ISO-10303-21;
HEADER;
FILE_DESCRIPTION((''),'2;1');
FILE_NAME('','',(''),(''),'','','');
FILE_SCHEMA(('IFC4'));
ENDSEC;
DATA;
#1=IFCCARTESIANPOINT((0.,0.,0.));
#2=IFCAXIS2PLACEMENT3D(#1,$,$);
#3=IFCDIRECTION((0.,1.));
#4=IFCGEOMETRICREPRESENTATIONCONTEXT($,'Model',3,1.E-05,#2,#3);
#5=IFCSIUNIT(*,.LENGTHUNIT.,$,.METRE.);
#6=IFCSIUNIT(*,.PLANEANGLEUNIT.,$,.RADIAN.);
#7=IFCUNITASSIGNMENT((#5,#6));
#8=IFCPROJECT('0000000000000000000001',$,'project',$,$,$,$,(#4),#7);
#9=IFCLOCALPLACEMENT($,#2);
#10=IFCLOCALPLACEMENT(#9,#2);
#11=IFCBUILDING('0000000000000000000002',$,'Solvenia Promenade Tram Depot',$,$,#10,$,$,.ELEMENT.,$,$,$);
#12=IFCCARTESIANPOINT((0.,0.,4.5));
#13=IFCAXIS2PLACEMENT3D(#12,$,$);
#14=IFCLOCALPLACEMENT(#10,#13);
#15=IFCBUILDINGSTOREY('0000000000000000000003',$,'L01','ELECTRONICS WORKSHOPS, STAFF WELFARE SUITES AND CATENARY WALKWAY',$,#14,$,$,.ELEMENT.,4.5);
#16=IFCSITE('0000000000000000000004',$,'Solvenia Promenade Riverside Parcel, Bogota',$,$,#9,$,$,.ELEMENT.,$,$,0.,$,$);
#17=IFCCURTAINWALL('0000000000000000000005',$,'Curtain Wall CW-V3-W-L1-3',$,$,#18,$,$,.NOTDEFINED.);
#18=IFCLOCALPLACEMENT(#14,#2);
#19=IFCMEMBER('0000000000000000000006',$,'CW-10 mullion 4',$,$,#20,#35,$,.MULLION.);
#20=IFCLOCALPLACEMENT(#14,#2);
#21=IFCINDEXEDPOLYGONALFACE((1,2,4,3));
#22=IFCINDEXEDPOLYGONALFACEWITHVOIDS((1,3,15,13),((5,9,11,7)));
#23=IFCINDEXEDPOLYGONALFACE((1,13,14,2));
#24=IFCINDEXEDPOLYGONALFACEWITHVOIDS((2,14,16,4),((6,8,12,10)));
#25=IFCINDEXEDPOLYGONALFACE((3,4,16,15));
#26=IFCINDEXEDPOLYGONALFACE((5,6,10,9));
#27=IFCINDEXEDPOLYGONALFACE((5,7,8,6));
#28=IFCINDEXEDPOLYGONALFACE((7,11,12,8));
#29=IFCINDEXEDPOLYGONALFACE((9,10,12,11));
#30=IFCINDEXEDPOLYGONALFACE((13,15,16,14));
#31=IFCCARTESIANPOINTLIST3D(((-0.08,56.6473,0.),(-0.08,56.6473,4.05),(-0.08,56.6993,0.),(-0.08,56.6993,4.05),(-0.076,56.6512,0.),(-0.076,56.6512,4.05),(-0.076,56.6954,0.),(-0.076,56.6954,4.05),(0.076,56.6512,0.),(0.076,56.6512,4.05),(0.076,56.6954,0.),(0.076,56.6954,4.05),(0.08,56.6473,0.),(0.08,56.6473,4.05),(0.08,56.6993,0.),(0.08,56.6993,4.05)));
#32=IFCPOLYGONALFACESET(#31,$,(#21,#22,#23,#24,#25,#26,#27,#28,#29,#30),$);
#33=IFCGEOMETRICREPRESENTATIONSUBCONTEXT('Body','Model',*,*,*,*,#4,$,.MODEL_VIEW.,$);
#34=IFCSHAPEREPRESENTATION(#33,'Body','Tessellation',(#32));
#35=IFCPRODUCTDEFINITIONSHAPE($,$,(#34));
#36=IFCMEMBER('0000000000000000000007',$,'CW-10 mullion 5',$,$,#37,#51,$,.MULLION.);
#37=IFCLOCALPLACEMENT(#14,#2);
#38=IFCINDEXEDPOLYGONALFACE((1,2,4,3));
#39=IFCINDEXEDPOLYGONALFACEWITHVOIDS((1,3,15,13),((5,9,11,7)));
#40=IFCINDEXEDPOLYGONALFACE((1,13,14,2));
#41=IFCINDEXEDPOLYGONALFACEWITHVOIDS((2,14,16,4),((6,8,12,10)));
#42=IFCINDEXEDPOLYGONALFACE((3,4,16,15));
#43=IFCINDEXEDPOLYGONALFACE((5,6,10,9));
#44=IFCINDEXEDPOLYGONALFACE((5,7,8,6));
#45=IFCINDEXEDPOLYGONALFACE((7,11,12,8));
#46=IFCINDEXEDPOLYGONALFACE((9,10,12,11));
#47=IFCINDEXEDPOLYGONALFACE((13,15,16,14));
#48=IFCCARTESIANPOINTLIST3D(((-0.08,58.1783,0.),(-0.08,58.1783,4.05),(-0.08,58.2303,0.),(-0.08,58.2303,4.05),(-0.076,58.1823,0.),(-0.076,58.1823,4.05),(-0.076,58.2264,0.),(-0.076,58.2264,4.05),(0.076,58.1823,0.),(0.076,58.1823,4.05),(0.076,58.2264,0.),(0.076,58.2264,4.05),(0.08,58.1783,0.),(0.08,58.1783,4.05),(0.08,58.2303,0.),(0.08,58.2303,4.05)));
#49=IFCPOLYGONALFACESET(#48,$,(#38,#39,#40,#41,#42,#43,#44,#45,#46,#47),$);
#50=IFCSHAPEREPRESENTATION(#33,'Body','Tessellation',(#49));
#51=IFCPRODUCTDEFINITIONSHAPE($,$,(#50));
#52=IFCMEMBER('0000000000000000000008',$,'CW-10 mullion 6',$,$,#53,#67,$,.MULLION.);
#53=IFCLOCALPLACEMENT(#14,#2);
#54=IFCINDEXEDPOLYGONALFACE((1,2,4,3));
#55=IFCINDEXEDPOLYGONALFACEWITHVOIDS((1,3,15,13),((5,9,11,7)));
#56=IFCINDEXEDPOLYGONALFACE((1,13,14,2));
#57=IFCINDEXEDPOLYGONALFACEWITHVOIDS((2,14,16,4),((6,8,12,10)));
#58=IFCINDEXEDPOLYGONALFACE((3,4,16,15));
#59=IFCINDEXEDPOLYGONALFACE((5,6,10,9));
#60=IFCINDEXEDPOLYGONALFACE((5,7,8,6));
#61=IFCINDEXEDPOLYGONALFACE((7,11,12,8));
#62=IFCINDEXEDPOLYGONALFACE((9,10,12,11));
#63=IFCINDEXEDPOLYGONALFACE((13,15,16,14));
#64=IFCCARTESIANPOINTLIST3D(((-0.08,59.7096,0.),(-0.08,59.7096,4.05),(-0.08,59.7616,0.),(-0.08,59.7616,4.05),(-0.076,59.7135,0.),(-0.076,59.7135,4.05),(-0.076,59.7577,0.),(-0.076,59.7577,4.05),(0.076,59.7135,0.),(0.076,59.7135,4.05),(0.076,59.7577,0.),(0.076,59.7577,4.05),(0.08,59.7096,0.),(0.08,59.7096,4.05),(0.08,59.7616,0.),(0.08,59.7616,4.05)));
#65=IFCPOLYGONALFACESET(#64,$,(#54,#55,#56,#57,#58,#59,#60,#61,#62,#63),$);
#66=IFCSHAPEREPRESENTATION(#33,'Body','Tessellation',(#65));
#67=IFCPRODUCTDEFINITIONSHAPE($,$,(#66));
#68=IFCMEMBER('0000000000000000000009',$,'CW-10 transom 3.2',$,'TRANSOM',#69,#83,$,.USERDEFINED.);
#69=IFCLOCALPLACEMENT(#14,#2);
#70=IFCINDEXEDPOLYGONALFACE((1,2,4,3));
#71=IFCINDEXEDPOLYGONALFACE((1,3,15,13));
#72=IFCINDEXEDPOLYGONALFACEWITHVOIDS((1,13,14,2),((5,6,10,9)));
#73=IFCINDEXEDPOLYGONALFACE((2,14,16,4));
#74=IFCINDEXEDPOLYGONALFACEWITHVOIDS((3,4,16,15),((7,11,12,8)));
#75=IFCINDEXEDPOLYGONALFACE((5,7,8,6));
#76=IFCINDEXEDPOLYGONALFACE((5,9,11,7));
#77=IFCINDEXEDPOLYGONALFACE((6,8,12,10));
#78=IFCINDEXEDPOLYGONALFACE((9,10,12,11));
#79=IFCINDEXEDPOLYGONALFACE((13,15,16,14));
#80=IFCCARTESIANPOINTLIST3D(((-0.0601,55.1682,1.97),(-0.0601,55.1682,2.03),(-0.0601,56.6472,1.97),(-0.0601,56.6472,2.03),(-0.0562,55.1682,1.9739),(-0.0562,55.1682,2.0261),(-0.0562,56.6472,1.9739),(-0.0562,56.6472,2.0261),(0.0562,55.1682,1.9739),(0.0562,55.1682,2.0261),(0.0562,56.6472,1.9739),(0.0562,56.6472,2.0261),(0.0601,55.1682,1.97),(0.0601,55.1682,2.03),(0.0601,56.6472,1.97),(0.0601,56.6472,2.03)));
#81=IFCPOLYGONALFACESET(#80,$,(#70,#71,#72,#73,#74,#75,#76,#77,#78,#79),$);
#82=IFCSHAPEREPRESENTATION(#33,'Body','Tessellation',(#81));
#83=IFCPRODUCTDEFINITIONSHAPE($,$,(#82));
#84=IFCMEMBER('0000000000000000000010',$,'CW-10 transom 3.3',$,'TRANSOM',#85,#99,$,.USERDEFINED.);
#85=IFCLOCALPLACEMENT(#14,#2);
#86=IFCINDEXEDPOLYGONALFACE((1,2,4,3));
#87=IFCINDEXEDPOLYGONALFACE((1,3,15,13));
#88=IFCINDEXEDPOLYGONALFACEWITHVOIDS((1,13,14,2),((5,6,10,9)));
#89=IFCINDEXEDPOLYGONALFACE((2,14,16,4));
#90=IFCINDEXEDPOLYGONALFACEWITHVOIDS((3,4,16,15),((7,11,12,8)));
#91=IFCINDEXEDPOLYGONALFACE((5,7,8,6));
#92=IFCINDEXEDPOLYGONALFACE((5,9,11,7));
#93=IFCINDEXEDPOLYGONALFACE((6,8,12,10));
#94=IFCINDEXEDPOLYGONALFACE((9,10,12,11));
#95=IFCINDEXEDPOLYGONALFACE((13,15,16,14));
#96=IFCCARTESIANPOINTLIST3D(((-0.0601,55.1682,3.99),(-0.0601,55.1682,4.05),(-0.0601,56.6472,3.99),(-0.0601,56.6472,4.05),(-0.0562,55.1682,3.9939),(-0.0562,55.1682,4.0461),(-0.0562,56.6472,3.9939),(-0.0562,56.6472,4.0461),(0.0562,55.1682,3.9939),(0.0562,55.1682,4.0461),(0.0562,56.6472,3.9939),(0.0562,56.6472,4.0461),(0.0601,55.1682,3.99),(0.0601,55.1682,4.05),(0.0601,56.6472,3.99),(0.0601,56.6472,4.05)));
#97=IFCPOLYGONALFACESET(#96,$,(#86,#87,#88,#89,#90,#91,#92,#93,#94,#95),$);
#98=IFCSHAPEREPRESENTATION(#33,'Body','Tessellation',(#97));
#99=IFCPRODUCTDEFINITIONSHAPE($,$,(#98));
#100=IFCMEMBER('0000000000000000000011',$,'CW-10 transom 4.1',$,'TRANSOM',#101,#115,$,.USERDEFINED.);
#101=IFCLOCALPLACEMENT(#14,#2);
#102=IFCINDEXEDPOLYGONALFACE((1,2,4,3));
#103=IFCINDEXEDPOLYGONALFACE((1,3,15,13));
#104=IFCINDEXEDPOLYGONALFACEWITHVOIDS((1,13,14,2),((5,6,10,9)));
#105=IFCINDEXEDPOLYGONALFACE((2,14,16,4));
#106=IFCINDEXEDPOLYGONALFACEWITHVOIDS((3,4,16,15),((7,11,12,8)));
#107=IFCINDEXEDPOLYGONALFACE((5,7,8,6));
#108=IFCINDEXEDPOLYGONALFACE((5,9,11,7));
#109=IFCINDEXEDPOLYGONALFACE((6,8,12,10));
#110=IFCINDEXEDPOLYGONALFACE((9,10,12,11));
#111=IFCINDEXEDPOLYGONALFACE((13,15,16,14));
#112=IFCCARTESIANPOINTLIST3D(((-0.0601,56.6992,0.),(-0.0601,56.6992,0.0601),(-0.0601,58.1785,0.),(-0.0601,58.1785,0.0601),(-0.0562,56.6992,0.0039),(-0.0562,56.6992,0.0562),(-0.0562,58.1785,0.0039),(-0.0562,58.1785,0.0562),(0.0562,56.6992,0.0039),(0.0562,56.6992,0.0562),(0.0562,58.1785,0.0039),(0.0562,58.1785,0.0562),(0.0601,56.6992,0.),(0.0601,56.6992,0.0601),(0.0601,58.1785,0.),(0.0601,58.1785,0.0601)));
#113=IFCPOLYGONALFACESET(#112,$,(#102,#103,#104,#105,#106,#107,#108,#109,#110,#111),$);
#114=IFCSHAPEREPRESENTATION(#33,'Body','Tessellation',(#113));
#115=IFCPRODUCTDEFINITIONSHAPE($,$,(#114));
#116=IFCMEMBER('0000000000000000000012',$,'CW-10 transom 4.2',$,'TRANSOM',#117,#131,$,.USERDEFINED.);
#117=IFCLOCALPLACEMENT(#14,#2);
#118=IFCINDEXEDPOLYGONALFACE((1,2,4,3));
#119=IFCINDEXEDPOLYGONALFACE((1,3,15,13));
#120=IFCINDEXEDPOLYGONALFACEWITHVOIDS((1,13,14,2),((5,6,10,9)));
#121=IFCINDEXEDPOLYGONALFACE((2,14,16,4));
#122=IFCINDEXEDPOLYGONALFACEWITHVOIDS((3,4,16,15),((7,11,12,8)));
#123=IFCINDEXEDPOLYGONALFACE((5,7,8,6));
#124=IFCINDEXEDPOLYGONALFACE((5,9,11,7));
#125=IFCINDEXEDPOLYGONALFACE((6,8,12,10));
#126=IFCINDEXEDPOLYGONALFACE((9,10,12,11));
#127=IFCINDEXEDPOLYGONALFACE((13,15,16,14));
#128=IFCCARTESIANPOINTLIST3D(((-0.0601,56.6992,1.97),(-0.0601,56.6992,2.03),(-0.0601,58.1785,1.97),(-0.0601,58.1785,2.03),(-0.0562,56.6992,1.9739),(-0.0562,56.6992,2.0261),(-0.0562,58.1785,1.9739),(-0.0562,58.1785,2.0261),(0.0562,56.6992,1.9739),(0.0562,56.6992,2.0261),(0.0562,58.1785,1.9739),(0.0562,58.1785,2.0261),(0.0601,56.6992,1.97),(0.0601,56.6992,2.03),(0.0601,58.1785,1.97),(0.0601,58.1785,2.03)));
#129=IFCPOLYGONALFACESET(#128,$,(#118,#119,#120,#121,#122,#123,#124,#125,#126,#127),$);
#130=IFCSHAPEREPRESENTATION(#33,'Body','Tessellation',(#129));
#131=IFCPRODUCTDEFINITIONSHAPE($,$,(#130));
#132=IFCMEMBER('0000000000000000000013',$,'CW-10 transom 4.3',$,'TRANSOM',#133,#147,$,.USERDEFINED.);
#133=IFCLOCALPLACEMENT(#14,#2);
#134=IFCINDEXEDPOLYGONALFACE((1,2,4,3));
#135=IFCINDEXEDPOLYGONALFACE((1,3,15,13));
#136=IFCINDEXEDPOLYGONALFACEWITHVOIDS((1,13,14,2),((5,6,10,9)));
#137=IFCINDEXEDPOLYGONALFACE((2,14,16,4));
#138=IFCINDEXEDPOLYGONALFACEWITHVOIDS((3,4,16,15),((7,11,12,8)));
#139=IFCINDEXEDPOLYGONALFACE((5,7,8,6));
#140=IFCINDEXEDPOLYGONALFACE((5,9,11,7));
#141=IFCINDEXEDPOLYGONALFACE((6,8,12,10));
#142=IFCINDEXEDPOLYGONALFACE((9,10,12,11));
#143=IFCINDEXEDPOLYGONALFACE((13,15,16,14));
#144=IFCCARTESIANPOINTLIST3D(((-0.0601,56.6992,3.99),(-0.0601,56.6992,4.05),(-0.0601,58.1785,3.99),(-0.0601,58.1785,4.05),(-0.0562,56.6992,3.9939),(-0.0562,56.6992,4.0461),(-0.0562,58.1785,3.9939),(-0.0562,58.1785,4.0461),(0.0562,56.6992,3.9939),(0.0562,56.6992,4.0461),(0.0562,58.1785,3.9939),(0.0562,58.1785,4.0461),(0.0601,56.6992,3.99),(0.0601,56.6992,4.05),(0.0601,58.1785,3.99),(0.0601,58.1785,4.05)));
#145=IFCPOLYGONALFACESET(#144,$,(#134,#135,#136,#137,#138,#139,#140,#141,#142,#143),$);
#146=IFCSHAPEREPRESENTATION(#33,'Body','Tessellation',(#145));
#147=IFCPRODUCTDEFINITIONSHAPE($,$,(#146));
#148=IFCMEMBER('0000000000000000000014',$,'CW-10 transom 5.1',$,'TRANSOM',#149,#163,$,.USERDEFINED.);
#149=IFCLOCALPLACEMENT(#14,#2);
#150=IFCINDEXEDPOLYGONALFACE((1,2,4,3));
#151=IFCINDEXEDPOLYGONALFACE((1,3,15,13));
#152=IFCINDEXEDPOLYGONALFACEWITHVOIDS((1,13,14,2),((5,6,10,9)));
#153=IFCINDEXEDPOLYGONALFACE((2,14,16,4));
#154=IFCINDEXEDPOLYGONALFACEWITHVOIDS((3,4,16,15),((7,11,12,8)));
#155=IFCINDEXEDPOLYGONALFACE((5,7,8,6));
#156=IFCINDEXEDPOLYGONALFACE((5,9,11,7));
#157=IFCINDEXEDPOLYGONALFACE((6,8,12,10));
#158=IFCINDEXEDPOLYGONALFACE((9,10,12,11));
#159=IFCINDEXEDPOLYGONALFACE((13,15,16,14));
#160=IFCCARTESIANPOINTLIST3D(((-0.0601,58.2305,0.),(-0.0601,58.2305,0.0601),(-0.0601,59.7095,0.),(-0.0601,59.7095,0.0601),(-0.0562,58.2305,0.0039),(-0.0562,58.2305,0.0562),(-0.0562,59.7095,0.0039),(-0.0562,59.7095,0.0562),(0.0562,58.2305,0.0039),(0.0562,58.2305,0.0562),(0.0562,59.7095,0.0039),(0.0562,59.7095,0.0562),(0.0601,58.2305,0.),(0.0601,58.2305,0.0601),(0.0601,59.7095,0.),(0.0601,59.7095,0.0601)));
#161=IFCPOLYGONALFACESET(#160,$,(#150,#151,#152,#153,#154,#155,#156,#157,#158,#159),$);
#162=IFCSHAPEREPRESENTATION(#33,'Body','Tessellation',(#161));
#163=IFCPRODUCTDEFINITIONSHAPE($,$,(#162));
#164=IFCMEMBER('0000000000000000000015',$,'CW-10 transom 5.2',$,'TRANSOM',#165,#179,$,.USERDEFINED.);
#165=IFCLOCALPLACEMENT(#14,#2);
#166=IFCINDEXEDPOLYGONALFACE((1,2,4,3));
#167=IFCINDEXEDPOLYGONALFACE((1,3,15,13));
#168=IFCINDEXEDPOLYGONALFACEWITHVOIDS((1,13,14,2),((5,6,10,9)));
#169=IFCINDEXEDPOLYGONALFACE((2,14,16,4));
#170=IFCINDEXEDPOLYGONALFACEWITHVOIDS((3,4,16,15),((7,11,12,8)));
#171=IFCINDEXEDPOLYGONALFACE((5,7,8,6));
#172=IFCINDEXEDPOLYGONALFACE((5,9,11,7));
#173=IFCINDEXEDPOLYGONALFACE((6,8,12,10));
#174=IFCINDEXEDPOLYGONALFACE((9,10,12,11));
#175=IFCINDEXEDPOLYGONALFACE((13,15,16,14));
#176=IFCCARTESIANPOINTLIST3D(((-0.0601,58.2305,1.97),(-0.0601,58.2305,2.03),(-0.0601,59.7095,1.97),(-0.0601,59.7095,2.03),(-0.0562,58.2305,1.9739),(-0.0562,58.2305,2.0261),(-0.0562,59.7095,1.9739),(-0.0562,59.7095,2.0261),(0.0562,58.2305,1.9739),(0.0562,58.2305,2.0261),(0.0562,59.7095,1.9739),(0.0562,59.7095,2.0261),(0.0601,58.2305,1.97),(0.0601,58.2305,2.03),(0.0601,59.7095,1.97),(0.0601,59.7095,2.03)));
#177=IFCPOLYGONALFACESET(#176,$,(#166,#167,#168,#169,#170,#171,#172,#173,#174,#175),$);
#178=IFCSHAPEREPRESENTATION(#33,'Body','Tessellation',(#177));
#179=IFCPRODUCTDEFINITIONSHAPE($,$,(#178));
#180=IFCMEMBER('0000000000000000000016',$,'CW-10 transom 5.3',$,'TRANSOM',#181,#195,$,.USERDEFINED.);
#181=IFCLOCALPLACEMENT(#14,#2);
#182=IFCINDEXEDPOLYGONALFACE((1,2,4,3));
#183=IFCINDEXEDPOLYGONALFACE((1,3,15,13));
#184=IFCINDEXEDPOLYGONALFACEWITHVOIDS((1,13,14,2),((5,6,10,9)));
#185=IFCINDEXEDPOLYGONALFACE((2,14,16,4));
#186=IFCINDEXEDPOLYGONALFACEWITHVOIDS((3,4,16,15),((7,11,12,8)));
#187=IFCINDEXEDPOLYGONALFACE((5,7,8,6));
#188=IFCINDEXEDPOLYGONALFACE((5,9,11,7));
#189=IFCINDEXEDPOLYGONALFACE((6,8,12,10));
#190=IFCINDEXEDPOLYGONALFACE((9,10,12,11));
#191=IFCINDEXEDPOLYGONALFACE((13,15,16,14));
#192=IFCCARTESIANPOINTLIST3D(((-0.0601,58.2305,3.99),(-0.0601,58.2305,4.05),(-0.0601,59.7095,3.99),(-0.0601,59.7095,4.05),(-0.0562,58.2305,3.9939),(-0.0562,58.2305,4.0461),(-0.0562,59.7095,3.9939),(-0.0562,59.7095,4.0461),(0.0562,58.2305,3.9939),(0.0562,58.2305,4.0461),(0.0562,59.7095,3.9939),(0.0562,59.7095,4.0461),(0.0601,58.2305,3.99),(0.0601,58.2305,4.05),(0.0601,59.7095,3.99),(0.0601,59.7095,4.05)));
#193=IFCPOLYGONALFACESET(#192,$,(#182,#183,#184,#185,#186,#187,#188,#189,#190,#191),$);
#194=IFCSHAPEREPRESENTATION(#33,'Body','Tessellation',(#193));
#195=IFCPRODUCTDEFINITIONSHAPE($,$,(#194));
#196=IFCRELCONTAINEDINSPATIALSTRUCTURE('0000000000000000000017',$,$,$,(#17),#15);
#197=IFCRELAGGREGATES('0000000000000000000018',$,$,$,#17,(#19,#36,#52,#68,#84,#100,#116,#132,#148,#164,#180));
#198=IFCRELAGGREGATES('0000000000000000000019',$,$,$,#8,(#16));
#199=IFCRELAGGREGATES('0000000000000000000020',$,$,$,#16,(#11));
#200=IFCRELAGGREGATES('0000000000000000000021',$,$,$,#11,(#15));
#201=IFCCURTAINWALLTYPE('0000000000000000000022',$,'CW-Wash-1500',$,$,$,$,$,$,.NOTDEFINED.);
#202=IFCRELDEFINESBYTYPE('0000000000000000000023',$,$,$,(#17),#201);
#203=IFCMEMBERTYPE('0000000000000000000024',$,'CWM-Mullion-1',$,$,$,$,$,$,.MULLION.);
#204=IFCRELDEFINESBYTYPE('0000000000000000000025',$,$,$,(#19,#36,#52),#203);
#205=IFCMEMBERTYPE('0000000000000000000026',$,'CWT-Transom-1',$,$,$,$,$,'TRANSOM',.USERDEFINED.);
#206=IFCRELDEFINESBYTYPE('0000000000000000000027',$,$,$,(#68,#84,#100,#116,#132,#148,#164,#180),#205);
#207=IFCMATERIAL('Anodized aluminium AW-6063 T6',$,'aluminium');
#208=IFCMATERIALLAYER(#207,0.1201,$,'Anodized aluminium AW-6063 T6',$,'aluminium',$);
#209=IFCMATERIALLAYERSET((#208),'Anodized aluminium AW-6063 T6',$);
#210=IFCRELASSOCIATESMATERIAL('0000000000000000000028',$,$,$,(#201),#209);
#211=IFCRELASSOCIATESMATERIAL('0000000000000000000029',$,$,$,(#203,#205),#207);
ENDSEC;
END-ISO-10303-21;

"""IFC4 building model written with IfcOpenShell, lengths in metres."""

from ifc_helpers import new_model, si_unit, direction, frame, origin, origin_2d, place, context, subcontext, project, spatial, hollow_rectangle, extrude, material, layer, layer_set, material_profile, profile_set, type_object, element, aggregate, save


model = new_model("IFC4")

# Units and contexts
model_context = context("Model", 3, precision=1e-05, world=origin(), true_north=direction((0.0, 1.0)))
body_context = subcontext(model_context, "Body", "Model", "MODEL_VIEW")
ifc_project = project(units=[si_unit("LENGTHUNIT", "METRE"), si_unit("PLANEANGLEUNIT", "RADIAN")], contexts=[model_context])

# Site, building, storey
site_placement = place(None, origin())
site = spatial("IfcSite", under=ifc_project, at=site_placement, Name="Solvenia Promenade Riverside Parcel, Bogota", CompositionType="ELEMENT", RefElevation=0.0)
building_placement = place(site_placement, origin())
building = spatial("IfcBuilding", under=site, at=building_placement, Name="Solvenia Promenade Tram Depot", CompositionType="ELEMENT")
storey_placement = place(building_placement, frame((0.0, 0.0, 4.5)))
storey = spatial("IfcBuildingStorey", under=building, at=storey_placement, Name="L01", Description="ELECTRONICS WORKSHOPS, STAFF WELFARE SUITES AND CATENARY WALKWAY", CompositionType="ELEMENT", Elevation=4.5)

# Curtain wall, members
ifc_material_1 = material(Name="Anodized aluminium AW-6063 T6", Category="aluminium")
ifc_layer_1 = layer(ifc_material_1, 0.1201, Name="Anodized aluminium AW-6063 T6", Category="aluminium")
ifc_layer_set_1 = layer_set([ifc_layer_1], Name="Anodized aluminium AW-6063 T6")
curtain_wall_type = type_object("IfcCurtainWallType", Name="CW-Wash-1500", PredefinedType="NOTDEFINED", material=ifc_layer_set_1)
curtain_wall_placement = place(storey_placement, origin())
curtain_wall = element("IfcCurtainWall", 1, at=curtain_wall_placement, inside=storey, type_object=curtain_wall_type, Name="Curtain Wall CW-V3-W-L1-3", PredefinedType="NOTDEFINED")
ifc_material_profile_1 = material_profile(ifc_material_1, hollow_rectangle(XDim=0.1599, YDim=0.052, WallThickness=0.0039, at=origin_2d()), Name="ALU-M1", Category="aluminium")
ifc_profile_set_1 = profile_set([ifc_material_profile_1], Name="Anodized aluminium AW-6063 T6")
member_type_1 = type_object("IfcMemberType", Name="CWM-Mullion-1", PredefinedType="MULLION", material=ifc_profile_set_1)
member_1_placement = place(storey_placement, frame((0.0, 56.6733, 0.0), z_axis=(0.0, 0.0, 1.0), x_axis=(-1.0, 0.0, 0.0)))
member_1 = element("IfcMember", 2, at=member_1_placement, type_object=member_type_1, Name="CW-10 mullion 4", PredefinedType="MULLION", context=body_context, shape_type="SweptSolid", body=[
    extrude(hollow_rectangle(XDim=0.1599, YDim=0.052, WallThickness=0.0039, at=origin_2d()), origin(), (0.0, 0.0, 1.0), 4.05),
])
member_2_placement = place(storey_placement, frame((0.0, 58.2043, 0.0), z_axis=(0.0, 0.0, 1.0), x_axis=(-1.0, 0.0, 0.0)))
member_2 = element("IfcMember", 3, at=member_2_placement, type_object=member_type_1, Name="CW-10 mullion 5", PredefinedType="MULLION", context=body_context, shape_type="SweptSolid", body=[
    extrude(hollow_rectangle(XDim=0.1599, YDim=0.052, WallThickness=0.0039, at=origin_2d()), origin(), (0.0, 0.0, 1.0), 4.05),
])
member_3_placement = place(storey_placement, frame((0.0, 59.7356, 0.0), z_axis=(0.0, 0.0, 1.0), x_axis=(-1.0, 0.0, 0.0)))
member_3 = element("IfcMember", 4, at=member_3_placement, type_object=member_type_1, Name="CW-10 mullion 6", PredefinedType="MULLION", context=body_context, shape_type="SweptSolid", body=[
    extrude(hollow_rectangle(XDim=0.1599, YDim=0.052, WallThickness=0.0039, at=origin_2d()), origin(), (0.0, 0.0, 1.0), 4.05),
])
ifc_material_profile_2 = material_profile(ifc_material_1, hollow_rectangle(XDim=0.1201, YDim=0.0601, WallThickness=0.0039, at=origin_2d()), Name="ALU-T1", Category="aluminium")
ifc_profile_set_2 = profile_set([ifc_material_profile_2], Name="Anodized aluminium AW-6063 T6")
member_type_2 = type_object("IfcMemberType", Name="CWT-Transom-1", ElementType="TRANSOM", PredefinedType="USERDEFINED", material=ifc_profile_set_2)
member_4_placement = place(storey_placement, frame((0.0, 55.1682, 2.0), z_axis=(0.0, 1.0, 0.0), x_axis=(-1.0, 0.0, 0.0)))
member_4 = element("IfcMember", 5, at=member_4_placement, type_object=member_type_2, Name="CW-10 transom 3.2", ObjectType="TRANSOM", PredefinedType="USERDEFINED", context=body_context, shape_type="SweptSolid", body=[
    extrude(hollow_rectangle(XDim=0.1201, YDim=0.0601, WallThickness=0.0039, at=origin_2d()), origin(), (0.0, 0.0, 1.0), 1.479),
])
member_5_placement = place(storey_placement, frame((0.0, 55.1682, 4.02), z_axis=(0.0, 1.0, 0.0), x_axis=(-1.0, 0.0, 0.0)))
member_5 = element("IfcMember", 6, at=member_5_placement, type_object=member_type_2, Name="CW-10 transom 3.3", ObjectType="TRANSOM", PredefinedType="USERDEFINED", context=body_context, shape_type="SweptSolid", body=[
    extrude(hollow_rectangle(XDim=0.1201, YDim=0.0601, WallThickness=0.0039, at=origin_2d()), origin(), (0.0, 0.0, 1.0), 1.479),
])
member_6_placement = place(storey_placement, frame((0.0, 56.6992, 0.03), z_axis=(0.0, 1.0, 0.0), x_axis=(-1.0, 0.0, 0.0)))
member_6 = element("IfcMember", 7, at=member_6_placement, type_object=member_type_2, Name="CW-10 transom 4.1", ObjectType="TRANSOM", PredefinedType="USERDEFINED", context=body_context, shape_type="SweptSolid", body=[
    extrude(hollow_rectangle(XDim=0.1201, YDim=0.0601, WallThickness=0.0039, at=origin_2d()), origin(), (0.0, 0.0, 1.0), 1.4792),
])
member_7_placement = place(storey_placement, frame((0.0, 56.6992, 2.0), z_axis=(0.0, 1.0, 0.0), x_axis=(-1.0, 0.0, 0.0)))
member_7 = element("IfcMember", 8, at=member_7_placement, type_object=member_type_2, Name="CW-10 transom 4.2", ObjectType="TRANSOM", PredefinedType="USERDEFINED", context=body_context, shape_type="SweptSolid", body=[
    extrude(hollow_rectangle(XDim=0.1201, YDim=0.0601, WallThickness=0.0039, at=origin_2d()), origin(), (0.0, 0.0, 1.0), 1.4792),
])
member_8_placement = place(storey_placement, frame((0.0, 56.6992, 4.02), z_axis=(0.0, 1.0, 0.0), x_axis=(-1.0, 0.0, 0.0)))
member_8 = element("IfcMember", 9, at=member_8_placement, type_object=member_type_2, Name="CW-10 transom 4.3", ObjectType="TRANSOM", PredefinedType="USERDEFINED", context=body_context, shape_type="SweptSolid", body=[
    extrude(hollow_rectangle(XDim=0.1201, YDim=0.0601, WallThickness=0.0039, at=origin_2d()), origin(), (0.0, 0.0, 1.0), 1.4792),
])
member_9_placement = place(storey_placement, frame((0.0, 58.2305, 0.03), z_axis=(0.0, 1.0, 0.0), x_axis=(-1.0, 0.0, 0.0)))
member_9 = element("IfcMember", 10, at=member_9_placement, type_object=member_type_2, Name="CW-10 transom 5.1", ObjectType="TRANSOM", PredefinedType="USERDEFINED", context=body_context, shape_type="SweptSolid", body=[
    extrude(hollow_rectangle(XDim=0.1201, YDim=0.0601, WallThickness=0.0039, at=origin_2d()), origin(), (0.0, 0.0, 1.0), 1.479),
])
member_10_placement = place(storey_placement, frame((0.0, 58.2305, 2.0), z_axis=(0.0, 1.0, 0.0), x_axis=(-1.0, 0.0, 0.0)))
member_10 = element("IfcMember", 11, at=member_10_placement, type_object=member_type_2, Name="CW-10 transom 5.2", ObjectType="TRANSOM", PredefinedType="USERDEFINED", context=body_context, shape_type="SweptSolid", body=[
    extrude(hollow_rectangle(XDim=0.1201, YDim=0.0601, WallThickness=0.0039, at=origin_2d()), origin(), (0.0, 0.0, 1.0), 1.479),
])
member_11_placement = place(storey_placement, frame((0.0, 58.2305, 4.02), z_axis=(0.0, 1.0, 0.0), x_axis=(-1.0, 0.0, 0.0)))
member_11 = element("IfcMember", 12, at=member_11_placement, type_object=member_type_2, Name="CW-10 transom 5.3", ObjectType="TRANSOM", PredefinedType="USERDEFINED", context=body_context, shape_type="SweptSolid", body=[
    extrude(hollow_rectangle(XDim=0.1201, YDim=0.0601, WallThickness=0.0039, at=origin_2d()), origin(), (0.0, 0.0, 1.0), 1.479),
])

aggregate(curtain_wall, [member_1, member_2, member_3, member_4, member_5, member_6, member_7, member_8, member_9, member_10, member_11])

save(model, "model.ifc")
